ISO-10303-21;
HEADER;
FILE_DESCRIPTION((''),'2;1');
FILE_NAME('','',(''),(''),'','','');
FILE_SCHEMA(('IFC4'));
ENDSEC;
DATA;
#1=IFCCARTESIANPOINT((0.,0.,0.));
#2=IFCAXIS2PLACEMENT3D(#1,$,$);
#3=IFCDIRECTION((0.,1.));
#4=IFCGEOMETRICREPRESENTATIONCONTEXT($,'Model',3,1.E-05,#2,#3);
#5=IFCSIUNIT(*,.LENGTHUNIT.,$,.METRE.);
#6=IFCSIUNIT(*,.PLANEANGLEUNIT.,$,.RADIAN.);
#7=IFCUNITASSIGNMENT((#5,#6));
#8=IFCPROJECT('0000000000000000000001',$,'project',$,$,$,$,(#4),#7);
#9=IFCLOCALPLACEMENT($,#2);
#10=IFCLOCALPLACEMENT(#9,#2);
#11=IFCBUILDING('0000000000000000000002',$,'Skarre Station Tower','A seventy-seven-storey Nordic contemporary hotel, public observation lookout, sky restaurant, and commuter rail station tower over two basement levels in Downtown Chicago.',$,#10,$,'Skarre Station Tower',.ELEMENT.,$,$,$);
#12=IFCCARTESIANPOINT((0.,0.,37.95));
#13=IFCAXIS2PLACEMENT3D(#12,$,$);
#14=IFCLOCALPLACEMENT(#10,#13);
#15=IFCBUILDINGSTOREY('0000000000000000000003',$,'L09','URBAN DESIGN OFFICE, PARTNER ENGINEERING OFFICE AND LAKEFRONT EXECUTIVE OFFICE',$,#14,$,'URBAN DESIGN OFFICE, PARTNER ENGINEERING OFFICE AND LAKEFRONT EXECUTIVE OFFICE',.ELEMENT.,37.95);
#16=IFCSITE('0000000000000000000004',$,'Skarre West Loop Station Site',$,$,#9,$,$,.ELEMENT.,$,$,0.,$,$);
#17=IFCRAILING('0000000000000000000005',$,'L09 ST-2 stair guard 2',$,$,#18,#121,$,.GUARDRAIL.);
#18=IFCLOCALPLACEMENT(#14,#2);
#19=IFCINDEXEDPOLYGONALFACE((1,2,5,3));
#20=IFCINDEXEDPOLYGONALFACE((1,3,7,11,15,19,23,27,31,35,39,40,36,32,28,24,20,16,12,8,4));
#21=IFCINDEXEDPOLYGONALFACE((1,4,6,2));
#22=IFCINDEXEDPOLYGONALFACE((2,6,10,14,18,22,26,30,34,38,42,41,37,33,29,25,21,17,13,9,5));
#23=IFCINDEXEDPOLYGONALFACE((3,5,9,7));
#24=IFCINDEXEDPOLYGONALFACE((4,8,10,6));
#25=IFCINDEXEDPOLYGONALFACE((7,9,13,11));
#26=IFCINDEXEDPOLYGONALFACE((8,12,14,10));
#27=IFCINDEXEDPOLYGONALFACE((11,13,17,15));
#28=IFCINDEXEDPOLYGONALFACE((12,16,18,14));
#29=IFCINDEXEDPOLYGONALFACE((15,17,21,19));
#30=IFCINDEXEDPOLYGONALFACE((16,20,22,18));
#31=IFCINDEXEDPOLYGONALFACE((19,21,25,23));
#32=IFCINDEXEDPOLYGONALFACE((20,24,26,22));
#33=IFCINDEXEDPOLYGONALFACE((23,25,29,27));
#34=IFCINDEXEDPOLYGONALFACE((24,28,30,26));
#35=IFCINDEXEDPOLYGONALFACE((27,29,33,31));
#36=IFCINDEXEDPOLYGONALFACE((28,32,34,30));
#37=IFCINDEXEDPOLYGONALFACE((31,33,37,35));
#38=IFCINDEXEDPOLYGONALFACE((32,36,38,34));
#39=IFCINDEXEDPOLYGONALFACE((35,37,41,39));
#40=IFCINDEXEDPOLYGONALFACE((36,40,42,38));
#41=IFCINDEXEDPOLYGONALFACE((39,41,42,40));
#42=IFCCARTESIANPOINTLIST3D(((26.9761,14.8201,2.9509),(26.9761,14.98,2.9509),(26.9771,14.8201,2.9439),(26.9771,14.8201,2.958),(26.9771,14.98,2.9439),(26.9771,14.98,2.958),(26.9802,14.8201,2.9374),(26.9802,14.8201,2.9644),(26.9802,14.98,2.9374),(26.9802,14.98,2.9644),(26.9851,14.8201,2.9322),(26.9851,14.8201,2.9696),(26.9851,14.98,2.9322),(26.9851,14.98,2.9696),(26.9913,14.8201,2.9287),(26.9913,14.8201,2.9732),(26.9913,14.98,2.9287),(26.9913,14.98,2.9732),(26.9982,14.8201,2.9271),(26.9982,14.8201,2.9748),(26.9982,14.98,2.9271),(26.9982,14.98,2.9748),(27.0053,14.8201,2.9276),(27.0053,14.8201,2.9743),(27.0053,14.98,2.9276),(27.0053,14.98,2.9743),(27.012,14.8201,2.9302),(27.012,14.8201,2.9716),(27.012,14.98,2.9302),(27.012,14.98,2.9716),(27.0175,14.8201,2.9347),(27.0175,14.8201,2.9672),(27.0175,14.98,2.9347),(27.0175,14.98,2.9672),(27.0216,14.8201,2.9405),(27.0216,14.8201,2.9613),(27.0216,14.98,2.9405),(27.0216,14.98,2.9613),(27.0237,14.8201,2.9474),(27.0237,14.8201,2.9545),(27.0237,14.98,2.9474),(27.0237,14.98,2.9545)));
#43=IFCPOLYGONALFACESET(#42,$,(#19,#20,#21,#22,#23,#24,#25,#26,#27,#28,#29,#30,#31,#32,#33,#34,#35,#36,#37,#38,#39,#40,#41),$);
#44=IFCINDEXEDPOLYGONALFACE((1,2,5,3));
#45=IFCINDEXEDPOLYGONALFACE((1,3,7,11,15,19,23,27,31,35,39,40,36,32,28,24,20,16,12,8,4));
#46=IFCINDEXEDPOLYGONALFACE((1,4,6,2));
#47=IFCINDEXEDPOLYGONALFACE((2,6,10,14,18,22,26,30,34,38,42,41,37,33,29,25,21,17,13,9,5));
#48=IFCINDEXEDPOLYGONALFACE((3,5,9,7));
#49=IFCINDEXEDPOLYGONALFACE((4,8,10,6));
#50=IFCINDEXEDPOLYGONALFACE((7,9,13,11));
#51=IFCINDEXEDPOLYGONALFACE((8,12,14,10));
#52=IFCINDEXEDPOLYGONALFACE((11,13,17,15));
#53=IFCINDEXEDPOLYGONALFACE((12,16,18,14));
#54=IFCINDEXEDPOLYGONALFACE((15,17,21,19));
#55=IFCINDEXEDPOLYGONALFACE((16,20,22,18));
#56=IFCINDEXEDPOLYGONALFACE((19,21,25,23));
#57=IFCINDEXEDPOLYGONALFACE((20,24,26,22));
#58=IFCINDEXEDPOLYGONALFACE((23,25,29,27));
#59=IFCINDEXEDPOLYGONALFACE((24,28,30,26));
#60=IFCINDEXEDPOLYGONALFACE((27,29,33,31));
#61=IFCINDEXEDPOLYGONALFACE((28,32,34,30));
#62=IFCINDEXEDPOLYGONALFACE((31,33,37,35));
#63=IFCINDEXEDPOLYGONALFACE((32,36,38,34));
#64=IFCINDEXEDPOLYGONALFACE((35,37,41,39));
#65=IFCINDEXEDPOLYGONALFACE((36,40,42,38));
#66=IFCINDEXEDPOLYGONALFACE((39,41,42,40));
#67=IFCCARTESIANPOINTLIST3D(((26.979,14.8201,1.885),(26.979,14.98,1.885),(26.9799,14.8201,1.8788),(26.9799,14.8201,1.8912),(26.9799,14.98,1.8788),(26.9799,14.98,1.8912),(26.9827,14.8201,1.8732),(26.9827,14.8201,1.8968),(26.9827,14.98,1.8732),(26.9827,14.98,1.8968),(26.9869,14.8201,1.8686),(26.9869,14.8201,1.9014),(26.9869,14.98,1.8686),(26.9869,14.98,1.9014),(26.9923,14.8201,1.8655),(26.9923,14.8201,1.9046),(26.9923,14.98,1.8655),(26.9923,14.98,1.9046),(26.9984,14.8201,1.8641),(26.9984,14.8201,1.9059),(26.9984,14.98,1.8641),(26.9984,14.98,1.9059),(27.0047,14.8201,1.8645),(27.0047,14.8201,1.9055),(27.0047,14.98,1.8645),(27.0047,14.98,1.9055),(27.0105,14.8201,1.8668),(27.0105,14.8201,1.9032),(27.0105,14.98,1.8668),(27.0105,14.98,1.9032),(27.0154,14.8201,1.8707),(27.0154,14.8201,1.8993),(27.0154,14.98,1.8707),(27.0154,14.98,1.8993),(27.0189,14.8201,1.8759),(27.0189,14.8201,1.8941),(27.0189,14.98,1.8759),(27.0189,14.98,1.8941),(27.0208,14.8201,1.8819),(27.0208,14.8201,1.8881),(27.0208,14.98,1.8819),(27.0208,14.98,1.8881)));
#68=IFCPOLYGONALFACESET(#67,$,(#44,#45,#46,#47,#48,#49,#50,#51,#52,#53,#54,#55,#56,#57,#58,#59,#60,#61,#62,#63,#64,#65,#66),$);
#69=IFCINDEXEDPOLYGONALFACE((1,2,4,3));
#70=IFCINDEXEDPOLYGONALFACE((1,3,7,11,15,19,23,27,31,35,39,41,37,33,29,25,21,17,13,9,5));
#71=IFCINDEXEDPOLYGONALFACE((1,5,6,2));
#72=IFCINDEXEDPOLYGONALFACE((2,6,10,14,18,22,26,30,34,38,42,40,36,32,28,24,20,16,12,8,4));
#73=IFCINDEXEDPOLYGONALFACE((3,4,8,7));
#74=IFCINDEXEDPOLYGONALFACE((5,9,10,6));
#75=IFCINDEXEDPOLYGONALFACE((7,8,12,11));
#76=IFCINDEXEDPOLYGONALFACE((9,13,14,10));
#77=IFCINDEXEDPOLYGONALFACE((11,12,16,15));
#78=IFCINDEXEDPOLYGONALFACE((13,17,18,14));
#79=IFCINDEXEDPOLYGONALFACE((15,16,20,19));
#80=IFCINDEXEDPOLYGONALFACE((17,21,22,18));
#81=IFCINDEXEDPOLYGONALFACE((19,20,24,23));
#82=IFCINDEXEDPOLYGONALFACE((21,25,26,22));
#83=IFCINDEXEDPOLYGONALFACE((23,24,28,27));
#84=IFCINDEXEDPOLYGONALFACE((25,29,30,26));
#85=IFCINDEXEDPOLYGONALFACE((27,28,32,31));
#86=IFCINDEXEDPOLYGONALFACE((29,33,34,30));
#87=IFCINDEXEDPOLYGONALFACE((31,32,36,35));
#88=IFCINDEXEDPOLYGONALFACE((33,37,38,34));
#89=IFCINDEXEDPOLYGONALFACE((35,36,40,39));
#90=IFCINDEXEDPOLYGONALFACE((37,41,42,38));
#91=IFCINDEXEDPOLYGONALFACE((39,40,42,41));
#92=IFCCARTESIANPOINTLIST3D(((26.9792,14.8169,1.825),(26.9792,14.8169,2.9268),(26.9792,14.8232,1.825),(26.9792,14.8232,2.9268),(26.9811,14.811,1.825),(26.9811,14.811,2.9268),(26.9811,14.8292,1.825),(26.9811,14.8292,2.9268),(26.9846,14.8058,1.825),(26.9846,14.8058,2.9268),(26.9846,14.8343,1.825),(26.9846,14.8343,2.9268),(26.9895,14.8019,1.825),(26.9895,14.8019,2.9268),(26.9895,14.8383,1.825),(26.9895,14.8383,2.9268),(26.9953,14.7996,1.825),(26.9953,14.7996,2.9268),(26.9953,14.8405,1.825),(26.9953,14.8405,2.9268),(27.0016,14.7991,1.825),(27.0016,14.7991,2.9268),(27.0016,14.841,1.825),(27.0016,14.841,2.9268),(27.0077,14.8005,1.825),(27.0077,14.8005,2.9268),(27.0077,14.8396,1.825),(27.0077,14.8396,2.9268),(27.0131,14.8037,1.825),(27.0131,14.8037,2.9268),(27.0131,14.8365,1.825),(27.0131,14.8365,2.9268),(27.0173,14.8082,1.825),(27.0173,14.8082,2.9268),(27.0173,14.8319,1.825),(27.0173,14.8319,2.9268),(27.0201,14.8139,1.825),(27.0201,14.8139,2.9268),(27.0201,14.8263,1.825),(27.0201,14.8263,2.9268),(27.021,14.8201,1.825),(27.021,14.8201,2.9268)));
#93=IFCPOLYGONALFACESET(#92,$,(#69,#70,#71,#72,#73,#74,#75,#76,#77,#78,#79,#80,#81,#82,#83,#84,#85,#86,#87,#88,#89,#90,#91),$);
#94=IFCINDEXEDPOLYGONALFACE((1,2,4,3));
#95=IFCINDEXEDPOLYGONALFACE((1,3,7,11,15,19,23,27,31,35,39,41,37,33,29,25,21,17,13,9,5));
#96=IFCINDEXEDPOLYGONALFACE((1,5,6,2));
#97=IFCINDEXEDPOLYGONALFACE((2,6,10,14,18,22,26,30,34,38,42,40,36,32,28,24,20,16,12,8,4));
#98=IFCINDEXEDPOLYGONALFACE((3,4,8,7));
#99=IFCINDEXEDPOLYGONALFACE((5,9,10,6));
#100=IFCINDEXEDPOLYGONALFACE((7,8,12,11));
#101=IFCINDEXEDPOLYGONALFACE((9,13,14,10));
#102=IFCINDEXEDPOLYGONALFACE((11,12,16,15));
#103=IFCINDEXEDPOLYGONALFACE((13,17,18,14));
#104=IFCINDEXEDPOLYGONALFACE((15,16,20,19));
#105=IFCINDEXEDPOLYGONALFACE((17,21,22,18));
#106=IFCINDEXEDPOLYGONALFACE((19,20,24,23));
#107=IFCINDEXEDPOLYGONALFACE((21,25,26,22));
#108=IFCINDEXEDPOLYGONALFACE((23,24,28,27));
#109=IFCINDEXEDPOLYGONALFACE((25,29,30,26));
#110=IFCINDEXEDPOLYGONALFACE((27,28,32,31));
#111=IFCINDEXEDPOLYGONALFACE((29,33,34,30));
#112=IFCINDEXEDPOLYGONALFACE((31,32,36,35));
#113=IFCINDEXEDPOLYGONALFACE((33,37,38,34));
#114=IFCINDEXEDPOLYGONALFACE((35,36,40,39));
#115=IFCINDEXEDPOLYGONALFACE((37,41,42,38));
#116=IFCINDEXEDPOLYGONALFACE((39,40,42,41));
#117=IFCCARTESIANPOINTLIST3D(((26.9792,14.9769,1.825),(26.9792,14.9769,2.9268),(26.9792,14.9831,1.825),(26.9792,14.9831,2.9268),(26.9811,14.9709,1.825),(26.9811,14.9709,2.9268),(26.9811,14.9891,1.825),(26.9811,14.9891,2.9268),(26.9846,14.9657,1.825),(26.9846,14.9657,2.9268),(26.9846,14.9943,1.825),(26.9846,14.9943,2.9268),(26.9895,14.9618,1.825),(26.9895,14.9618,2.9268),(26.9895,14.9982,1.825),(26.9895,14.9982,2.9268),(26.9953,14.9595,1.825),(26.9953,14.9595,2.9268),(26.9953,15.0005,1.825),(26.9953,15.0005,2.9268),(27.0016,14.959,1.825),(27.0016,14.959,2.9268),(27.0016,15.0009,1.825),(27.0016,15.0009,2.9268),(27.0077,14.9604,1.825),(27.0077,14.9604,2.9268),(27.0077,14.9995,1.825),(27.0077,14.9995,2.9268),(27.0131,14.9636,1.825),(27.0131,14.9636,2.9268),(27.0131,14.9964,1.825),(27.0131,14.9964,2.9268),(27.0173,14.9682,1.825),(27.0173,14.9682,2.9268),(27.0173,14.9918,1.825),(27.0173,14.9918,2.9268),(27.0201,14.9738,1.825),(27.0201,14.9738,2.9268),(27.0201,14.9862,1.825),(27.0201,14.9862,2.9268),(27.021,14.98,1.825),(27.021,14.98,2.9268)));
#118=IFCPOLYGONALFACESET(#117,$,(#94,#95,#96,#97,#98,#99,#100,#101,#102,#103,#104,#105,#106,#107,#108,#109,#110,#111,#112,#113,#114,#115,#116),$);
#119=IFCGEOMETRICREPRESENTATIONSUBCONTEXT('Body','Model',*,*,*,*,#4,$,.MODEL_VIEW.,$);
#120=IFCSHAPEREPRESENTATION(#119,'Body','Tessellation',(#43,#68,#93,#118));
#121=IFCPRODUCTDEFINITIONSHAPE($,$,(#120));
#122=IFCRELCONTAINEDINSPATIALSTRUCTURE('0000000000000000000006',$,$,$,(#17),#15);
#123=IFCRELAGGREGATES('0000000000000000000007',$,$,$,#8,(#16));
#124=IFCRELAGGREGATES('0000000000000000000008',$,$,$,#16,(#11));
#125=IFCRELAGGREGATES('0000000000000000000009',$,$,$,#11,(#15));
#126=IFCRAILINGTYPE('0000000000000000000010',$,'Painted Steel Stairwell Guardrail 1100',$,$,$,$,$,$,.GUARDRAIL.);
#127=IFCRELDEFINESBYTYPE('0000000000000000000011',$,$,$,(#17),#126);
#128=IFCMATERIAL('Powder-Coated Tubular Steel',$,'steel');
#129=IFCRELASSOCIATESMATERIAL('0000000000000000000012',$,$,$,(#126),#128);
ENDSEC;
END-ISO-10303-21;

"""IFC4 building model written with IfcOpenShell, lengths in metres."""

from ifc_helpers import new_model, si_unit, direction, frame, origin, origin_2d, place, context, subcontext, project, spatial, circle, extrude, material, type_object, element, save


model = new_model("IFC4")

# Units and contexts
model_context = context("Model", 3, precision=1e-05, world=origin(), true_north=direction((0.0, 1.0)))
body_context = subcontext(model_context, "Body", "Model", "MODEL_VIEW")
ifc_project = project(units=[si_unit("LENGTHUNIT", "METRE"), si_unit("PLANEANGLEUNIT", "RADIAN")], contexts=[model_context])

# Site, building, storey
site_placement = place(None, origin())
site = spatial("IfcSite", under=ifc_project, at=site_placement, Name="Skarre West Loop Station Site", CompositionType="ELEMENT", RefElevation=0.0)
building_placement = place(site_placement, origin())
building = spatial("IfcBuilding", under=site, at=building_placement, Name="Skarre Station Tower", Description="A seventy-seven-storey Nordic contemporary hotel, public observation lookout, sky restaurant, and commuter rail station tower over two basement levels in Downtown Chicago.", LongName="Skarre Station Tower", CompositionType="ELEMENT")
storey_placement = place(building_placement, frame((0.0, 0.0, 37.95)))
storey = spatial("IfcBuildingStorey", under=building, at=storey_placement, Name="L09", Description="URBAN DESIGN OFFICE, PARTNER ENGINEERING OFFICE AND LAKEFRONT EXECUTIVE OFFICE", LongName="URBAN DESIGN OFFICE, PARTNER ENGINEERING OFFICE AND LAKEFRONT EXECUTIVE OFFICE", CompositionType="ELEMENT", Elevation=37.95)

# Railing
ifc_material_1 = material(Name="Powder-Coated Tubular Steel", Category="steel")
railing_type_1 = type_object("IfcRailingType", Name="Painted Steel Stairwell Guardrail 1100", PredefinedType="GUARDRAIL", material=ifc_material_1)
railing_1_placement = place(storey_placement, frame((27.0, 14.8201, 1.825)))
element("IfcRailing", 1, at=railing_1_placement, inside=storey, type_object=railing_type_1, Name="L09 ST-2 stair guard 2", PredefinedType="GUARDRAIL", context=body_context, shape_type="SweptSolid", body=[
    extrude(circle(Radius=0.0239, at=origin_2d()), frame((0.0, 0.0, 1.126), z_axis=(0.0, 1.0, 0.0), x_axis=(-1.0, 0.0, 0.0)), (0.0, 0.0, 1.0), 0.1599),
    extrude(circle(Radius=0.021, at=origin_2d()), frame((0.0, 0.0, 0.0601), z_axis=(0.0, 1.0, 0.0), x_axis=(-1.0, 0.0, 0.0)), (0.0, 0.0, 1.0), 0.1599),
    extrude(circle(Radius=0.021, at=origin_2d()), origin(), (0.0, 0.0, 1.0), 1.1018),
    extrude(circle(Radius=0.021, at=origin_2d()), frame((0.0, 0.1599, 0.0)), (0.0, 0.0, 1.0), 1.1018),
])

save(model, "model.ifc")
